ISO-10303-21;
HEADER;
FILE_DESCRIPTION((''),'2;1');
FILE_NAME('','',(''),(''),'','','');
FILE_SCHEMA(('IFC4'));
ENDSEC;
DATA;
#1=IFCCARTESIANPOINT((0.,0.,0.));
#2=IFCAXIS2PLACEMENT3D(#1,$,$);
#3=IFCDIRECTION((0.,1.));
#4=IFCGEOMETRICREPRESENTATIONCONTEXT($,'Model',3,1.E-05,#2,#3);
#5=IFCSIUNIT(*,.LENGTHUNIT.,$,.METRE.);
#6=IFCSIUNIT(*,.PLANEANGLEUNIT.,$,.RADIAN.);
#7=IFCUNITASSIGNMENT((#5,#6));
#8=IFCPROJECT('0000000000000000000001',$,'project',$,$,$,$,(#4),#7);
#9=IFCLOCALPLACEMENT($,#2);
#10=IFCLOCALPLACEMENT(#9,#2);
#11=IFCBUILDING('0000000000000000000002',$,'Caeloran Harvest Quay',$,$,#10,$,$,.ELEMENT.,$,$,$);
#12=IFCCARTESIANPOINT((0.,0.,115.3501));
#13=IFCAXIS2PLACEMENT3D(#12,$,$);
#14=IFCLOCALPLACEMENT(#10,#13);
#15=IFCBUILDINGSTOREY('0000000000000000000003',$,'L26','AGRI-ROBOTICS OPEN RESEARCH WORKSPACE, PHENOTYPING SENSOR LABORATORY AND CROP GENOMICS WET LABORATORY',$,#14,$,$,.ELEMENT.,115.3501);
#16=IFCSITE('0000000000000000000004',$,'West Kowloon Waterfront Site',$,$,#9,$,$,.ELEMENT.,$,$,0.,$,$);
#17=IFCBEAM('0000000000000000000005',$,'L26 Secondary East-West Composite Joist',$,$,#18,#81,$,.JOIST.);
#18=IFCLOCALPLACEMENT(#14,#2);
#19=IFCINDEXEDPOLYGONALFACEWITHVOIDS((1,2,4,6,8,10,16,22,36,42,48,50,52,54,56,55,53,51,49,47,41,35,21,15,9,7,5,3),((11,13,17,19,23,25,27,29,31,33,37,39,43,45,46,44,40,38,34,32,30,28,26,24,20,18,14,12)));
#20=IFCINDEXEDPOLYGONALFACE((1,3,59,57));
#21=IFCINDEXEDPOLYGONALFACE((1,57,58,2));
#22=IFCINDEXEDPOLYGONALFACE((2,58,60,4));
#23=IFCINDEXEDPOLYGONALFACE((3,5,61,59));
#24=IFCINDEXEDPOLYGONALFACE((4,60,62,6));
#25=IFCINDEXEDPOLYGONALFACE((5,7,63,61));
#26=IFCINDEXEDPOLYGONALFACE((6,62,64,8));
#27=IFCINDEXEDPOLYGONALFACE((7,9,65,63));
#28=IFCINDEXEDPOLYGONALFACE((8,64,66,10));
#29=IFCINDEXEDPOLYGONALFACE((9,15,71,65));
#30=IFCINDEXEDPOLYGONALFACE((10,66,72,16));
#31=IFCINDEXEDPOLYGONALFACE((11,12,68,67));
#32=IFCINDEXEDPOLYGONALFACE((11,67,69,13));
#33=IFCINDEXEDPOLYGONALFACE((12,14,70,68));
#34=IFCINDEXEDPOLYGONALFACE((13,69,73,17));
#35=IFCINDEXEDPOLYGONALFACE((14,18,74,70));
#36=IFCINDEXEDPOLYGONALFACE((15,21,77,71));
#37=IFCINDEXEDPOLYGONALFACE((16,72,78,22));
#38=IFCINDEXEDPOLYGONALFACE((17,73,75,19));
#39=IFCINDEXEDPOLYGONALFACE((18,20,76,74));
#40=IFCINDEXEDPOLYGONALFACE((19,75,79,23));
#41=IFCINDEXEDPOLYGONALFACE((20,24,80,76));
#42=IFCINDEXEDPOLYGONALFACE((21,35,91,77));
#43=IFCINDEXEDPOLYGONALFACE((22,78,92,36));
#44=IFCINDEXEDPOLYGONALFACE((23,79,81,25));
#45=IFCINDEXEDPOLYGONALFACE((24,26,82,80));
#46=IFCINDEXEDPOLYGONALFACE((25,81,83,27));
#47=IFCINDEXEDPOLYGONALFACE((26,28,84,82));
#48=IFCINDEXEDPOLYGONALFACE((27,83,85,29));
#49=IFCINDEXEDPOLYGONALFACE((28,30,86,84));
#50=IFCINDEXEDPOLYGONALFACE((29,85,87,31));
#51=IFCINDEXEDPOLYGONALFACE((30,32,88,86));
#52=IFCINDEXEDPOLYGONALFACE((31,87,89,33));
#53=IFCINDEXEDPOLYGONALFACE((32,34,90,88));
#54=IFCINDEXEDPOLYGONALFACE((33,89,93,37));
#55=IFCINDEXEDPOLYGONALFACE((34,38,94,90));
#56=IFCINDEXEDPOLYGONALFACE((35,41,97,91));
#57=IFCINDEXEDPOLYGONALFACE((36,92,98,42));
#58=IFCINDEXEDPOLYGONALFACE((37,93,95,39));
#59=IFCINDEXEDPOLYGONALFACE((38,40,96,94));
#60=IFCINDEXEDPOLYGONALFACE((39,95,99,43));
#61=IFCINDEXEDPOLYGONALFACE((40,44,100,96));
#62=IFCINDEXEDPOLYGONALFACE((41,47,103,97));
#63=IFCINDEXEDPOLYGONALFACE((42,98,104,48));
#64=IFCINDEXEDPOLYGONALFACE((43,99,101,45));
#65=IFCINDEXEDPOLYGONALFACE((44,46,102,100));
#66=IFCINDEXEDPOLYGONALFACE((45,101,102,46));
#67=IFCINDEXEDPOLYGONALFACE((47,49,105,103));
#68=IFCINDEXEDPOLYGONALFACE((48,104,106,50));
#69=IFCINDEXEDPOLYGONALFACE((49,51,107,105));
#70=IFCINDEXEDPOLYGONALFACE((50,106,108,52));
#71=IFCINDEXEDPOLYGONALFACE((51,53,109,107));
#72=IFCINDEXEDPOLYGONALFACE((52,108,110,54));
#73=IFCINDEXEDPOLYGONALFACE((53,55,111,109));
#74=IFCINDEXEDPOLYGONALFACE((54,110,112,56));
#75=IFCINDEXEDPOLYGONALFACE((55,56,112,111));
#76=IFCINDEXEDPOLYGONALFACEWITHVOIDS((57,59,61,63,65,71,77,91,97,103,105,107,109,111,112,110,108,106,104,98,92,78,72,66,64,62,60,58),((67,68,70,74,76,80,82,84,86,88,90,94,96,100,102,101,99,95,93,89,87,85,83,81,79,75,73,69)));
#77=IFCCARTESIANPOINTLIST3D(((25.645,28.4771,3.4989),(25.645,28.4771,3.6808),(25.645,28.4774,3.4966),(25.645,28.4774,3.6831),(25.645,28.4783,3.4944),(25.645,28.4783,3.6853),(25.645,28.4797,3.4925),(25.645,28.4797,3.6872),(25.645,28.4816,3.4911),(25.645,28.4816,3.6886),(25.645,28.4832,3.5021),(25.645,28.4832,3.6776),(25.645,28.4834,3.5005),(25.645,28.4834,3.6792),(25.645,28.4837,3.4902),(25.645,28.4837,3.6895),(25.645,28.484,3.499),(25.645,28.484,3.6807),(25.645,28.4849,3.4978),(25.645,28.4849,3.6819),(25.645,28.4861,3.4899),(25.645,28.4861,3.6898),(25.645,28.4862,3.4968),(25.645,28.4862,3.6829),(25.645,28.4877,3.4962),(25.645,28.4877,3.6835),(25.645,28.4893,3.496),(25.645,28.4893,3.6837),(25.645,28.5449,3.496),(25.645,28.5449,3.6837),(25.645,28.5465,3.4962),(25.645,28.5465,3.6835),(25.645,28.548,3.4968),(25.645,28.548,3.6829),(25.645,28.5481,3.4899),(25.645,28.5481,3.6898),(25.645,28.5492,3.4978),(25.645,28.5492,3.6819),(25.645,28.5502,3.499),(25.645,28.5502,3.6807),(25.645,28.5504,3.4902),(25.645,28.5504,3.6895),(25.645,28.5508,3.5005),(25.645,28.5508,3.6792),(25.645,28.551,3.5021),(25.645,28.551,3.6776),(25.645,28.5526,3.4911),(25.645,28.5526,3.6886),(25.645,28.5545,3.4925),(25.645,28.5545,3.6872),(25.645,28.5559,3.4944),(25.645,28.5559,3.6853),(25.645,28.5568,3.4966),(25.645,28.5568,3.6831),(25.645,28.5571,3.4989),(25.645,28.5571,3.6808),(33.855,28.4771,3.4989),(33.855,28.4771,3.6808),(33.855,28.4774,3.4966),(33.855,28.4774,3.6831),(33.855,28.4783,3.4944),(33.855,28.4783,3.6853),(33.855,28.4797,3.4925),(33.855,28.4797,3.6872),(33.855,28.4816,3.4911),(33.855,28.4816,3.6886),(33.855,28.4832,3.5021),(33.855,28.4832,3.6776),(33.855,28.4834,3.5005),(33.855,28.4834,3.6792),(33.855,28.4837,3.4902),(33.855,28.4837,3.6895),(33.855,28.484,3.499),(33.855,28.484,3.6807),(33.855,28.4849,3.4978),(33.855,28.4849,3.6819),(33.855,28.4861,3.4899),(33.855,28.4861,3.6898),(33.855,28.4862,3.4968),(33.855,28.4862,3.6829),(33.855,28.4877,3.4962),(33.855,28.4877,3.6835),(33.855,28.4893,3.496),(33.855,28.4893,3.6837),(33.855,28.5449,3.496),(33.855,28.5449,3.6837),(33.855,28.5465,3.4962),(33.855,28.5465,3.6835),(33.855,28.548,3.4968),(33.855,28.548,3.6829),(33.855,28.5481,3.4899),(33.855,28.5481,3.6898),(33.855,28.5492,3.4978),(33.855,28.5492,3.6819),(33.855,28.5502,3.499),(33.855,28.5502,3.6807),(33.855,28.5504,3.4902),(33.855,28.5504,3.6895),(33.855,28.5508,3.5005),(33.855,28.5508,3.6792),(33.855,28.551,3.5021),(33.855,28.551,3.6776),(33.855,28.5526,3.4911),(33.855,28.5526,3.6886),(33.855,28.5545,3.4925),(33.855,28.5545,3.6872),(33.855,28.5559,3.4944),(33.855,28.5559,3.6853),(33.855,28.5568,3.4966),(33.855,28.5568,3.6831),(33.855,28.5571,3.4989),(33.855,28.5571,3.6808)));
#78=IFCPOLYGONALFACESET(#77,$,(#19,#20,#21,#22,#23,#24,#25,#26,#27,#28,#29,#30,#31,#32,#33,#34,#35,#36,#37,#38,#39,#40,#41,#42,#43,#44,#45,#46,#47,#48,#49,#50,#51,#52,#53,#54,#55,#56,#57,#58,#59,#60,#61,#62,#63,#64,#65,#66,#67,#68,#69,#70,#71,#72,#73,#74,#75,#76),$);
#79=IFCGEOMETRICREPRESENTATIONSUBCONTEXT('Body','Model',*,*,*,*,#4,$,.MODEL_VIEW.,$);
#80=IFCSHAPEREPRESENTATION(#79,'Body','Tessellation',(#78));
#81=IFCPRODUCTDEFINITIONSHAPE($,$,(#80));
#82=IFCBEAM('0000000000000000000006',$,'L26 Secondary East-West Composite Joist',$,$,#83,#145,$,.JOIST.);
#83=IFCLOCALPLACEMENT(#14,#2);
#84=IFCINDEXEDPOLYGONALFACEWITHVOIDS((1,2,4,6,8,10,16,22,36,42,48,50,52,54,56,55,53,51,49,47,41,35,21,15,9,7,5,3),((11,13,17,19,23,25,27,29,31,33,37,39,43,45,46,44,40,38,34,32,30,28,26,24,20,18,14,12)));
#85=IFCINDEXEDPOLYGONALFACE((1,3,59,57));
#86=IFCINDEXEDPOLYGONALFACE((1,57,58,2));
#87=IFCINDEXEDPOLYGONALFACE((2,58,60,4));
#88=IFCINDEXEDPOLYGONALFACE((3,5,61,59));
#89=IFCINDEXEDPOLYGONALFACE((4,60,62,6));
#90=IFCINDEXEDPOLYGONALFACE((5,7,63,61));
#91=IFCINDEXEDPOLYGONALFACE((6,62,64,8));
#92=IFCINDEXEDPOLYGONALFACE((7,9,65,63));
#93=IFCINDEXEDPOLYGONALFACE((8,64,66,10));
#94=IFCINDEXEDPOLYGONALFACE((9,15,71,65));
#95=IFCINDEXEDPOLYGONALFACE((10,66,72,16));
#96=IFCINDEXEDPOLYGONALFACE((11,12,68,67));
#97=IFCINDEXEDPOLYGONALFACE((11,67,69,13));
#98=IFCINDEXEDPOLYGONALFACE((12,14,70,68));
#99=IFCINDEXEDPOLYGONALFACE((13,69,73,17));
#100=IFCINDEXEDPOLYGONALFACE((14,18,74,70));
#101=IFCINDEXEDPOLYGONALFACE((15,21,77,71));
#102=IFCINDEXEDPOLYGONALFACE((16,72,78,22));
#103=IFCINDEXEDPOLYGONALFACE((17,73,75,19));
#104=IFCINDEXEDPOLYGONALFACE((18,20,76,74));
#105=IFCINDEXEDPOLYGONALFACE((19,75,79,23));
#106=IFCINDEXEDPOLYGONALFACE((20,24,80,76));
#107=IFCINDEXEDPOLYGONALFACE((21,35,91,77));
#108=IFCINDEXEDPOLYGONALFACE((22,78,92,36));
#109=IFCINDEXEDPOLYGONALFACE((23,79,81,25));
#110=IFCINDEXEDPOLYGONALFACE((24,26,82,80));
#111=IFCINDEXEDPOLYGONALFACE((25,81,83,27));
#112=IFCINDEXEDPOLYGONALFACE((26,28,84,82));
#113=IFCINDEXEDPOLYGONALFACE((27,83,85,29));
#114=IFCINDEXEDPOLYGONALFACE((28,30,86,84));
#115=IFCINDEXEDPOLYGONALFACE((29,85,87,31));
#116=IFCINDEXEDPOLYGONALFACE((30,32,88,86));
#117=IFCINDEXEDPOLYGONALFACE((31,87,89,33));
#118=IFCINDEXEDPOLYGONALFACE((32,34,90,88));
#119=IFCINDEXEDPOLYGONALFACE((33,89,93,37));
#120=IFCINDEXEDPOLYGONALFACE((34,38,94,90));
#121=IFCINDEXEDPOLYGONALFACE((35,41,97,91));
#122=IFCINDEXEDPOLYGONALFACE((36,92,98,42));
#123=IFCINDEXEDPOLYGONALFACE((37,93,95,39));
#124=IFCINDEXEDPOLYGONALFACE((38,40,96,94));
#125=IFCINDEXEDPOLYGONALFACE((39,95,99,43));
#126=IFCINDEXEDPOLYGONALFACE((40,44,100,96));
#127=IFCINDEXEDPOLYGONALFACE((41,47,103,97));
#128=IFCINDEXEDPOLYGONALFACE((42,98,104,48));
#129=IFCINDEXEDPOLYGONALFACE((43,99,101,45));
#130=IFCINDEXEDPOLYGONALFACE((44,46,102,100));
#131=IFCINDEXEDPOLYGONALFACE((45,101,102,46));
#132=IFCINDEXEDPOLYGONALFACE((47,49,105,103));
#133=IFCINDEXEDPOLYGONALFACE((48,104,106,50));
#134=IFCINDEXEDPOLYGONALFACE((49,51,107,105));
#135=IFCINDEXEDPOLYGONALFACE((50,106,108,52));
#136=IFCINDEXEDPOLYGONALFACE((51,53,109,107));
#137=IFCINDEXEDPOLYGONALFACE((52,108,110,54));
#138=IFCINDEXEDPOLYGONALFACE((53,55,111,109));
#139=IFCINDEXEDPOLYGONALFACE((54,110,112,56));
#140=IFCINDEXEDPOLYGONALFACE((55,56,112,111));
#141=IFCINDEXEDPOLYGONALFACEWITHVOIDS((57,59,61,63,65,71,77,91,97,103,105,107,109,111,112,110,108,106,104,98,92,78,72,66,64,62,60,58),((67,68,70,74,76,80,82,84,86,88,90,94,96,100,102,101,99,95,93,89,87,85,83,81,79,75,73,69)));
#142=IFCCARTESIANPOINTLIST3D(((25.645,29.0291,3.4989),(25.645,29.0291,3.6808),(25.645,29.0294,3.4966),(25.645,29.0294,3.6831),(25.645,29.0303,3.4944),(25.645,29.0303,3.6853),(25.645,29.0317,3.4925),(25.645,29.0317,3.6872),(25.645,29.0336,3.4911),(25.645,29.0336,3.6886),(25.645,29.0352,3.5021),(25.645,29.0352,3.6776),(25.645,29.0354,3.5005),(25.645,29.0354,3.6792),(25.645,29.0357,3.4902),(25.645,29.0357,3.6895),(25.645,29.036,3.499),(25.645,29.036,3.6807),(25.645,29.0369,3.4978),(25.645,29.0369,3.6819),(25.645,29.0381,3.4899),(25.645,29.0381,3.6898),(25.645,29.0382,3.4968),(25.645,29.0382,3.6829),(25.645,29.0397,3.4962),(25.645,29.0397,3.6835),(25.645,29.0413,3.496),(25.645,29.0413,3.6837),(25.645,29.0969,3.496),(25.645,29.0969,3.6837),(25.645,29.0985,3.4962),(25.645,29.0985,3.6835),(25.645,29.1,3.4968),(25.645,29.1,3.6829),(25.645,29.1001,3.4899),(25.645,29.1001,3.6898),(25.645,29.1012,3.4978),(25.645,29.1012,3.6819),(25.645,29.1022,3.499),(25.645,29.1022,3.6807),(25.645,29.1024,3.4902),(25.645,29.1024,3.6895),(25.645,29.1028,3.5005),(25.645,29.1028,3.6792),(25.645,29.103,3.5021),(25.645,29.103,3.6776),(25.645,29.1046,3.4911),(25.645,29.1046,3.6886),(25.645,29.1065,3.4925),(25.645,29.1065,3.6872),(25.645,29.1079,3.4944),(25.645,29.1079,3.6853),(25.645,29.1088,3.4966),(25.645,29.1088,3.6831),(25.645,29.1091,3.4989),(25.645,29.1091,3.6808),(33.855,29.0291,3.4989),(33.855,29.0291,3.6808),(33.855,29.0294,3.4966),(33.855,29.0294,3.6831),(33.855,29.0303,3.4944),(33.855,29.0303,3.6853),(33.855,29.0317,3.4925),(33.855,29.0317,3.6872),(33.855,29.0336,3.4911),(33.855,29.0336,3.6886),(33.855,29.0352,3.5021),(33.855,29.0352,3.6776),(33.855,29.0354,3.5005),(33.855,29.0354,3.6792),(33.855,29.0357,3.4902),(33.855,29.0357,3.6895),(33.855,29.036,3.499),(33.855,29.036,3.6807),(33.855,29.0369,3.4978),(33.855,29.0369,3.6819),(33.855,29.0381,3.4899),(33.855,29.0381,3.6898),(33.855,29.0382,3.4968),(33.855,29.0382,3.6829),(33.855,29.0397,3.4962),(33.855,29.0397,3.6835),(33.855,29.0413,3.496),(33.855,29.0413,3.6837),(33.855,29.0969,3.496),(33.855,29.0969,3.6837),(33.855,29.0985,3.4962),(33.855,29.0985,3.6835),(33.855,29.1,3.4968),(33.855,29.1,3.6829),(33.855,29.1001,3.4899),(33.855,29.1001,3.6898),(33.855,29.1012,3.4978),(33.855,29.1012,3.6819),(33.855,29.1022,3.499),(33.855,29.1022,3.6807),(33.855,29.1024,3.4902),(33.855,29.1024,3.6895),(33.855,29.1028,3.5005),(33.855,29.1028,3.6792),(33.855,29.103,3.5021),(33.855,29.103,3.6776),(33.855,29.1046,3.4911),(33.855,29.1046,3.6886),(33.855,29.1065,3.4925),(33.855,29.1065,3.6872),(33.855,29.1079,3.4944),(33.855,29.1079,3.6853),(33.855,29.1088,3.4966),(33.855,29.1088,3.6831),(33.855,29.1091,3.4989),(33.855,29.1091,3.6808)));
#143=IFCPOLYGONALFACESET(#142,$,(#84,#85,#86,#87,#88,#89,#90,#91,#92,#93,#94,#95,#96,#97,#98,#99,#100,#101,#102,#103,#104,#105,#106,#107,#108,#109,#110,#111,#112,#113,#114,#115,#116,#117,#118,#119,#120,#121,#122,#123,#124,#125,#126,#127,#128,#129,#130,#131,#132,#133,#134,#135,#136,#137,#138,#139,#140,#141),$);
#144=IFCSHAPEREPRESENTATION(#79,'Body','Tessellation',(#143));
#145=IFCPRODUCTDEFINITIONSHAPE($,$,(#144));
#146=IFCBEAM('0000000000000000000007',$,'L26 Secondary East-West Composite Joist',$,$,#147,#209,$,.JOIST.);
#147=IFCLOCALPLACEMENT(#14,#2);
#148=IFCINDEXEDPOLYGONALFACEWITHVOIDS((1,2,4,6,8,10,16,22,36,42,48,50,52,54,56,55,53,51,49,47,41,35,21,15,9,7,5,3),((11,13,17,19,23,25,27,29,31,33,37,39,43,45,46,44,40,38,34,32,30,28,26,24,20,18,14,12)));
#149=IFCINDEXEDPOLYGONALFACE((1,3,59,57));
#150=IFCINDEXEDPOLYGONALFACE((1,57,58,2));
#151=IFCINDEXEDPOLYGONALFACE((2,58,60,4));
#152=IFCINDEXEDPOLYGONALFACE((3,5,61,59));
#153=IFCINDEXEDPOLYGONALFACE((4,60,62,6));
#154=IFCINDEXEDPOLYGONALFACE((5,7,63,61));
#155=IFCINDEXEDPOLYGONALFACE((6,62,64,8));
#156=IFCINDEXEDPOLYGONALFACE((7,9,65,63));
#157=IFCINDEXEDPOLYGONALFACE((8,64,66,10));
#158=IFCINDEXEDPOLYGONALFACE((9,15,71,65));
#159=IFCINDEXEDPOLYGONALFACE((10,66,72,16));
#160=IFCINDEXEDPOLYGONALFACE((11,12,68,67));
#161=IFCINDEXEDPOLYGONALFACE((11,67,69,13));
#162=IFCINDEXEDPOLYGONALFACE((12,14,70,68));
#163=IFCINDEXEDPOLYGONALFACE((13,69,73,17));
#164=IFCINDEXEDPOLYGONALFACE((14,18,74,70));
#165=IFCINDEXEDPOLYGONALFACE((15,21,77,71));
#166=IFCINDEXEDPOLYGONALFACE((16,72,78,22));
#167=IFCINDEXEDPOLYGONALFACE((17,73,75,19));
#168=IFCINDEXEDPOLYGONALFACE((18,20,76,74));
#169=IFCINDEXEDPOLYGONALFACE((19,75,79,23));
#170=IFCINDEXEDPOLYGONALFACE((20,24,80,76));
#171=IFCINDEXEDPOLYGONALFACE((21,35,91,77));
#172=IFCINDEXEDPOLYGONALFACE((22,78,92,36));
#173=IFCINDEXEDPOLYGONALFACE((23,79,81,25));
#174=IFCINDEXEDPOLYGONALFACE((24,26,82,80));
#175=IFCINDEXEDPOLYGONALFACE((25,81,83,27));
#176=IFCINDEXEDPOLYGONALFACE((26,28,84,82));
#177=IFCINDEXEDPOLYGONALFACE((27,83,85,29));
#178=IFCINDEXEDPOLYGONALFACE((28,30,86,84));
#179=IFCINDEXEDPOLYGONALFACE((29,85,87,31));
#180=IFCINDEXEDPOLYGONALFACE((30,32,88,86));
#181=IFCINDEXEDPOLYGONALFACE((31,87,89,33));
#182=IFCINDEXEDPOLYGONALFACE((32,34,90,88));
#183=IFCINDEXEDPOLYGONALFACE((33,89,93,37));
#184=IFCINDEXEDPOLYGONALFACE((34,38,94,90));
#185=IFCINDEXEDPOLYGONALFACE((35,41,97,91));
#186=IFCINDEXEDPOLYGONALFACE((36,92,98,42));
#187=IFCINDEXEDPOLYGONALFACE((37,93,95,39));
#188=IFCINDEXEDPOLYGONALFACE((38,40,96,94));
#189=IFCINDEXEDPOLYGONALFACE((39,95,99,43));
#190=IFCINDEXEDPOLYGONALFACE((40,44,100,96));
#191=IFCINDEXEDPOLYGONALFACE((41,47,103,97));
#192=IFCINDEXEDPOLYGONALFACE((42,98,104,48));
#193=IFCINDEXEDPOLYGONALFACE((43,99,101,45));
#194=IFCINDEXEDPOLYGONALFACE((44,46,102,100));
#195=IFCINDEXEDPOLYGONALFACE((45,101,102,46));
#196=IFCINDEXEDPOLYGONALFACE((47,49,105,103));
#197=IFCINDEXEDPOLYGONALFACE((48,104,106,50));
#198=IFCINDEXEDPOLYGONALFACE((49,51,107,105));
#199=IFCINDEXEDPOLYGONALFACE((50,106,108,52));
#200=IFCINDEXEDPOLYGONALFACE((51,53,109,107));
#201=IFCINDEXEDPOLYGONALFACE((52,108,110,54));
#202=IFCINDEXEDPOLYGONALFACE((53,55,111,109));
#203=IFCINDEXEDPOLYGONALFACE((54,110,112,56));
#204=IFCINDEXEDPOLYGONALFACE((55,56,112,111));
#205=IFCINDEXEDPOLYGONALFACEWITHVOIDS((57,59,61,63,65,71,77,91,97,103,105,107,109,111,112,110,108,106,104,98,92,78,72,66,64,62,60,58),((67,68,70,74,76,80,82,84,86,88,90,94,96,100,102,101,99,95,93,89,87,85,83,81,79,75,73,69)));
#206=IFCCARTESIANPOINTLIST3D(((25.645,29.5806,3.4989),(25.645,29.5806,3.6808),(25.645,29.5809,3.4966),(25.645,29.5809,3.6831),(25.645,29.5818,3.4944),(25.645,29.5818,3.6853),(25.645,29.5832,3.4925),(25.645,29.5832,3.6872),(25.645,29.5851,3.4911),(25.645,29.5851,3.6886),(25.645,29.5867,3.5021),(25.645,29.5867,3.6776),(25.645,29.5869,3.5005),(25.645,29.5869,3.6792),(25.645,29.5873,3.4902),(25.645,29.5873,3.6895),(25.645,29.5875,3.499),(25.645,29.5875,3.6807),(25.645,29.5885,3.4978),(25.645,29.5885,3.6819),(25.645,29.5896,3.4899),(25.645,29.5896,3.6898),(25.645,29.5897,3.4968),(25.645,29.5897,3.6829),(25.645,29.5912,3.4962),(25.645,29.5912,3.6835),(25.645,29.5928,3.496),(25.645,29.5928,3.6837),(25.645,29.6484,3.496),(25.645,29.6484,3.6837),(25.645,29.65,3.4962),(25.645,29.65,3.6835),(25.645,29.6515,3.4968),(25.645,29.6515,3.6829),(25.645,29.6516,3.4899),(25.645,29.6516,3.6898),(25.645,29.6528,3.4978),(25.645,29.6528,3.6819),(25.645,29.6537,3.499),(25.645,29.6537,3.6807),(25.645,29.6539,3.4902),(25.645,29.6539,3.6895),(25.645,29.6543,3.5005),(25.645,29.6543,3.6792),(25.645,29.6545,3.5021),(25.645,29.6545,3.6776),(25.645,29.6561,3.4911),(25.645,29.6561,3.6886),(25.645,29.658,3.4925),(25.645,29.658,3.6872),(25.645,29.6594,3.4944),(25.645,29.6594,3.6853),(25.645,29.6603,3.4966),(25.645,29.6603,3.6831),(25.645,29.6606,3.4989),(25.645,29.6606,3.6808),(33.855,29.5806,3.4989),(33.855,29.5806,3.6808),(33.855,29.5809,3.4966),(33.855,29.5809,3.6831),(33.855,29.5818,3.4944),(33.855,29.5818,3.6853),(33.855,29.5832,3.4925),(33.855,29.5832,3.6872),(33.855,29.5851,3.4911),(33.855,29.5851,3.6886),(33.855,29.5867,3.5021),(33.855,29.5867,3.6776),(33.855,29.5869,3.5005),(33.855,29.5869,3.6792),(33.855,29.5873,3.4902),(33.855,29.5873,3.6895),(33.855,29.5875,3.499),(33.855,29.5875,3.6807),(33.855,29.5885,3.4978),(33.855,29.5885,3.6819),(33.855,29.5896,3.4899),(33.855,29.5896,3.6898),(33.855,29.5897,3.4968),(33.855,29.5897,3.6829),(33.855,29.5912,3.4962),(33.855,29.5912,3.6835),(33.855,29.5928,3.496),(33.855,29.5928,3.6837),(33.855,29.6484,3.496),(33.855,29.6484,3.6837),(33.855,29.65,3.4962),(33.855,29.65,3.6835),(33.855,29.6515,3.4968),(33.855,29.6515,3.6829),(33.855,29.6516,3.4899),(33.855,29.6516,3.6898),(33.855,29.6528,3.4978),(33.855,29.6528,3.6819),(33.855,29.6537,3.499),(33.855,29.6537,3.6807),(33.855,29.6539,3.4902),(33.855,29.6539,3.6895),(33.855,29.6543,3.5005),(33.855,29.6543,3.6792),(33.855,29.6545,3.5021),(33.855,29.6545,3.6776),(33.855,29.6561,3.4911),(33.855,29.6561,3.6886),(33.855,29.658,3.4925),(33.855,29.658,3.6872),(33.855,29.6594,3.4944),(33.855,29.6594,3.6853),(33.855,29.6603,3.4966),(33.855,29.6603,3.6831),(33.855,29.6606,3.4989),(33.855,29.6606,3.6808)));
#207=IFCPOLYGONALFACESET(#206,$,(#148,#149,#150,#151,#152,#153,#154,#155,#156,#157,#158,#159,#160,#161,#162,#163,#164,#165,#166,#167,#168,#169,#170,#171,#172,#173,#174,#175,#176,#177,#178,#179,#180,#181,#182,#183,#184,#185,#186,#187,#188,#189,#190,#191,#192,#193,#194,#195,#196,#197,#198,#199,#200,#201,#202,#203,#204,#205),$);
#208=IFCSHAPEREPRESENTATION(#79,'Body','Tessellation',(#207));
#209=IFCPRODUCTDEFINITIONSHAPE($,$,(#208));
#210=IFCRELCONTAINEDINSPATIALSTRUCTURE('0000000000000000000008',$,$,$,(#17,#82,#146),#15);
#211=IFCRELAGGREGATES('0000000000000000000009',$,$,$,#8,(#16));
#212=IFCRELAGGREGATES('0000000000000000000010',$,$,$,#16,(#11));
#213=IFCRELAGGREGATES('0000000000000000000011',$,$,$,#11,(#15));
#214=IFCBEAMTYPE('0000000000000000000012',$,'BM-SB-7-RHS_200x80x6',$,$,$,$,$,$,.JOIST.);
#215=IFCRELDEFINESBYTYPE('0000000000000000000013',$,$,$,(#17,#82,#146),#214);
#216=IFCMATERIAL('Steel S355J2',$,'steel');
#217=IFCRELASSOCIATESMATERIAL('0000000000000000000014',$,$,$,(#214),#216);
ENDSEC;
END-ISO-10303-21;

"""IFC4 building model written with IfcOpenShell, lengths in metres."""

from ifc_helpers import new_model, si_unit, direction, frame, origin, origin_2d, place, context, subcontext, project, spatial, hollow_rectangle, extrude, material, material_profile, profile_set, type_object, element, save


model = new_model("IFC4")

# Units and contexts
model_context = context("Model", 3, precision=1e-05, world=origin(), true_north=direction((0.0, 1.0)))
body_context = subcontext(model_context, "Body", "Model", "MODEL_VIEW")
ifc_project = project(units=[si_unit("LENGTHUNIT", "METRE"), si_unit("PLANEANGLEUNIT", "RADIAN")], contexts=[model_context])

# Site, building, storey
site_placement = place(None, origin())
site = spatial("IfcSite", under=ifc_project, at=site_placement, Name="West Kowloon Waterfront Site", CompositionType="ELEMENT", RefElevation=0.0)
building_placement = place(site_placement, origin())
building = spatial("IfcBuilding", under=site, at=building_placement, Name="Caeloran Harvest Quay", CompositionType="ELEMENT")
storey_placement = place(building_placement, frame((0.0, 0.0, 115.3501)))
storey = spatial("IfcBuildingStorey", under=building, at=storey_placement, Name="L26", Description="AGRI-ROBOTICS OPEN RESEARCH WORKSPACE, PHENOTYPING SENSOR LABORATORY AND CROP GENOMICS WET LABORATORY", CompositionType="ELEMENT", Elevation=115.3501)

# Beams
ifc_material_1 = material(Name="Steel S355J2", Category="steel")
ifc_material_profile_1 = material_profile(ifc_material_1, hollow_rectangle(XDim=0.0801, YDim=0.2, WallThickness=0.0061, InnerFilletRadius=0.0061, OuterFilletRadius=0.009, at=origin_2d()), Name="RHS 200x80x6")
ifc_profile_set_1 = profile_set([ifc_material_profile_1], Name="Steel S355J2")
beam_type_1 = type_object("IfcBeamType", Name="BM-SB-7-RHS_200x80x6", PredefinedType="JOIST", material=ifc_profile_set_1)
for number, where, z_axis, x_axis, name in (
    (1, (25.645, 28.5171, 3.5898), (1.0, 0.0, 0.0), (0.0, 1.0, 0.0), "L26 Secondary East-West Composite Joist"),
    (2, (25.645, 29.0691, 3.5898), (1.0, 0.0, 0.0), (0.0, 1.0, 0.0), "L26 Secondary East-West Composite Joist"),
    (3, (25.645, 29.6206, 3.5898), (1.0, 0.0, 0.0), (0.0, 1.0, 0.0), "L26 Secondary East-West Composite Joist"),
):
    element("IfcBeam", number, at=place(storey_placement, frame(where, z_axis=z_axis, x_axis=x_axis)), inside=storey, type_object=beam_type_1, Name=name, PredefinedType="JOIST", context=body_context, shape_type="SweptSolid", body=[
        extrude(hollow_rectangle(XDim=0.0801, YDim=0.2, WallThickness=0.0061, InnerFilletRadius=0.0061, OuterFilletRadius=0.009, at=origin_2d()), origin(), (0.0, 0.0, 1.0), 8.21),
    ])

save(model, "model.ifc")
